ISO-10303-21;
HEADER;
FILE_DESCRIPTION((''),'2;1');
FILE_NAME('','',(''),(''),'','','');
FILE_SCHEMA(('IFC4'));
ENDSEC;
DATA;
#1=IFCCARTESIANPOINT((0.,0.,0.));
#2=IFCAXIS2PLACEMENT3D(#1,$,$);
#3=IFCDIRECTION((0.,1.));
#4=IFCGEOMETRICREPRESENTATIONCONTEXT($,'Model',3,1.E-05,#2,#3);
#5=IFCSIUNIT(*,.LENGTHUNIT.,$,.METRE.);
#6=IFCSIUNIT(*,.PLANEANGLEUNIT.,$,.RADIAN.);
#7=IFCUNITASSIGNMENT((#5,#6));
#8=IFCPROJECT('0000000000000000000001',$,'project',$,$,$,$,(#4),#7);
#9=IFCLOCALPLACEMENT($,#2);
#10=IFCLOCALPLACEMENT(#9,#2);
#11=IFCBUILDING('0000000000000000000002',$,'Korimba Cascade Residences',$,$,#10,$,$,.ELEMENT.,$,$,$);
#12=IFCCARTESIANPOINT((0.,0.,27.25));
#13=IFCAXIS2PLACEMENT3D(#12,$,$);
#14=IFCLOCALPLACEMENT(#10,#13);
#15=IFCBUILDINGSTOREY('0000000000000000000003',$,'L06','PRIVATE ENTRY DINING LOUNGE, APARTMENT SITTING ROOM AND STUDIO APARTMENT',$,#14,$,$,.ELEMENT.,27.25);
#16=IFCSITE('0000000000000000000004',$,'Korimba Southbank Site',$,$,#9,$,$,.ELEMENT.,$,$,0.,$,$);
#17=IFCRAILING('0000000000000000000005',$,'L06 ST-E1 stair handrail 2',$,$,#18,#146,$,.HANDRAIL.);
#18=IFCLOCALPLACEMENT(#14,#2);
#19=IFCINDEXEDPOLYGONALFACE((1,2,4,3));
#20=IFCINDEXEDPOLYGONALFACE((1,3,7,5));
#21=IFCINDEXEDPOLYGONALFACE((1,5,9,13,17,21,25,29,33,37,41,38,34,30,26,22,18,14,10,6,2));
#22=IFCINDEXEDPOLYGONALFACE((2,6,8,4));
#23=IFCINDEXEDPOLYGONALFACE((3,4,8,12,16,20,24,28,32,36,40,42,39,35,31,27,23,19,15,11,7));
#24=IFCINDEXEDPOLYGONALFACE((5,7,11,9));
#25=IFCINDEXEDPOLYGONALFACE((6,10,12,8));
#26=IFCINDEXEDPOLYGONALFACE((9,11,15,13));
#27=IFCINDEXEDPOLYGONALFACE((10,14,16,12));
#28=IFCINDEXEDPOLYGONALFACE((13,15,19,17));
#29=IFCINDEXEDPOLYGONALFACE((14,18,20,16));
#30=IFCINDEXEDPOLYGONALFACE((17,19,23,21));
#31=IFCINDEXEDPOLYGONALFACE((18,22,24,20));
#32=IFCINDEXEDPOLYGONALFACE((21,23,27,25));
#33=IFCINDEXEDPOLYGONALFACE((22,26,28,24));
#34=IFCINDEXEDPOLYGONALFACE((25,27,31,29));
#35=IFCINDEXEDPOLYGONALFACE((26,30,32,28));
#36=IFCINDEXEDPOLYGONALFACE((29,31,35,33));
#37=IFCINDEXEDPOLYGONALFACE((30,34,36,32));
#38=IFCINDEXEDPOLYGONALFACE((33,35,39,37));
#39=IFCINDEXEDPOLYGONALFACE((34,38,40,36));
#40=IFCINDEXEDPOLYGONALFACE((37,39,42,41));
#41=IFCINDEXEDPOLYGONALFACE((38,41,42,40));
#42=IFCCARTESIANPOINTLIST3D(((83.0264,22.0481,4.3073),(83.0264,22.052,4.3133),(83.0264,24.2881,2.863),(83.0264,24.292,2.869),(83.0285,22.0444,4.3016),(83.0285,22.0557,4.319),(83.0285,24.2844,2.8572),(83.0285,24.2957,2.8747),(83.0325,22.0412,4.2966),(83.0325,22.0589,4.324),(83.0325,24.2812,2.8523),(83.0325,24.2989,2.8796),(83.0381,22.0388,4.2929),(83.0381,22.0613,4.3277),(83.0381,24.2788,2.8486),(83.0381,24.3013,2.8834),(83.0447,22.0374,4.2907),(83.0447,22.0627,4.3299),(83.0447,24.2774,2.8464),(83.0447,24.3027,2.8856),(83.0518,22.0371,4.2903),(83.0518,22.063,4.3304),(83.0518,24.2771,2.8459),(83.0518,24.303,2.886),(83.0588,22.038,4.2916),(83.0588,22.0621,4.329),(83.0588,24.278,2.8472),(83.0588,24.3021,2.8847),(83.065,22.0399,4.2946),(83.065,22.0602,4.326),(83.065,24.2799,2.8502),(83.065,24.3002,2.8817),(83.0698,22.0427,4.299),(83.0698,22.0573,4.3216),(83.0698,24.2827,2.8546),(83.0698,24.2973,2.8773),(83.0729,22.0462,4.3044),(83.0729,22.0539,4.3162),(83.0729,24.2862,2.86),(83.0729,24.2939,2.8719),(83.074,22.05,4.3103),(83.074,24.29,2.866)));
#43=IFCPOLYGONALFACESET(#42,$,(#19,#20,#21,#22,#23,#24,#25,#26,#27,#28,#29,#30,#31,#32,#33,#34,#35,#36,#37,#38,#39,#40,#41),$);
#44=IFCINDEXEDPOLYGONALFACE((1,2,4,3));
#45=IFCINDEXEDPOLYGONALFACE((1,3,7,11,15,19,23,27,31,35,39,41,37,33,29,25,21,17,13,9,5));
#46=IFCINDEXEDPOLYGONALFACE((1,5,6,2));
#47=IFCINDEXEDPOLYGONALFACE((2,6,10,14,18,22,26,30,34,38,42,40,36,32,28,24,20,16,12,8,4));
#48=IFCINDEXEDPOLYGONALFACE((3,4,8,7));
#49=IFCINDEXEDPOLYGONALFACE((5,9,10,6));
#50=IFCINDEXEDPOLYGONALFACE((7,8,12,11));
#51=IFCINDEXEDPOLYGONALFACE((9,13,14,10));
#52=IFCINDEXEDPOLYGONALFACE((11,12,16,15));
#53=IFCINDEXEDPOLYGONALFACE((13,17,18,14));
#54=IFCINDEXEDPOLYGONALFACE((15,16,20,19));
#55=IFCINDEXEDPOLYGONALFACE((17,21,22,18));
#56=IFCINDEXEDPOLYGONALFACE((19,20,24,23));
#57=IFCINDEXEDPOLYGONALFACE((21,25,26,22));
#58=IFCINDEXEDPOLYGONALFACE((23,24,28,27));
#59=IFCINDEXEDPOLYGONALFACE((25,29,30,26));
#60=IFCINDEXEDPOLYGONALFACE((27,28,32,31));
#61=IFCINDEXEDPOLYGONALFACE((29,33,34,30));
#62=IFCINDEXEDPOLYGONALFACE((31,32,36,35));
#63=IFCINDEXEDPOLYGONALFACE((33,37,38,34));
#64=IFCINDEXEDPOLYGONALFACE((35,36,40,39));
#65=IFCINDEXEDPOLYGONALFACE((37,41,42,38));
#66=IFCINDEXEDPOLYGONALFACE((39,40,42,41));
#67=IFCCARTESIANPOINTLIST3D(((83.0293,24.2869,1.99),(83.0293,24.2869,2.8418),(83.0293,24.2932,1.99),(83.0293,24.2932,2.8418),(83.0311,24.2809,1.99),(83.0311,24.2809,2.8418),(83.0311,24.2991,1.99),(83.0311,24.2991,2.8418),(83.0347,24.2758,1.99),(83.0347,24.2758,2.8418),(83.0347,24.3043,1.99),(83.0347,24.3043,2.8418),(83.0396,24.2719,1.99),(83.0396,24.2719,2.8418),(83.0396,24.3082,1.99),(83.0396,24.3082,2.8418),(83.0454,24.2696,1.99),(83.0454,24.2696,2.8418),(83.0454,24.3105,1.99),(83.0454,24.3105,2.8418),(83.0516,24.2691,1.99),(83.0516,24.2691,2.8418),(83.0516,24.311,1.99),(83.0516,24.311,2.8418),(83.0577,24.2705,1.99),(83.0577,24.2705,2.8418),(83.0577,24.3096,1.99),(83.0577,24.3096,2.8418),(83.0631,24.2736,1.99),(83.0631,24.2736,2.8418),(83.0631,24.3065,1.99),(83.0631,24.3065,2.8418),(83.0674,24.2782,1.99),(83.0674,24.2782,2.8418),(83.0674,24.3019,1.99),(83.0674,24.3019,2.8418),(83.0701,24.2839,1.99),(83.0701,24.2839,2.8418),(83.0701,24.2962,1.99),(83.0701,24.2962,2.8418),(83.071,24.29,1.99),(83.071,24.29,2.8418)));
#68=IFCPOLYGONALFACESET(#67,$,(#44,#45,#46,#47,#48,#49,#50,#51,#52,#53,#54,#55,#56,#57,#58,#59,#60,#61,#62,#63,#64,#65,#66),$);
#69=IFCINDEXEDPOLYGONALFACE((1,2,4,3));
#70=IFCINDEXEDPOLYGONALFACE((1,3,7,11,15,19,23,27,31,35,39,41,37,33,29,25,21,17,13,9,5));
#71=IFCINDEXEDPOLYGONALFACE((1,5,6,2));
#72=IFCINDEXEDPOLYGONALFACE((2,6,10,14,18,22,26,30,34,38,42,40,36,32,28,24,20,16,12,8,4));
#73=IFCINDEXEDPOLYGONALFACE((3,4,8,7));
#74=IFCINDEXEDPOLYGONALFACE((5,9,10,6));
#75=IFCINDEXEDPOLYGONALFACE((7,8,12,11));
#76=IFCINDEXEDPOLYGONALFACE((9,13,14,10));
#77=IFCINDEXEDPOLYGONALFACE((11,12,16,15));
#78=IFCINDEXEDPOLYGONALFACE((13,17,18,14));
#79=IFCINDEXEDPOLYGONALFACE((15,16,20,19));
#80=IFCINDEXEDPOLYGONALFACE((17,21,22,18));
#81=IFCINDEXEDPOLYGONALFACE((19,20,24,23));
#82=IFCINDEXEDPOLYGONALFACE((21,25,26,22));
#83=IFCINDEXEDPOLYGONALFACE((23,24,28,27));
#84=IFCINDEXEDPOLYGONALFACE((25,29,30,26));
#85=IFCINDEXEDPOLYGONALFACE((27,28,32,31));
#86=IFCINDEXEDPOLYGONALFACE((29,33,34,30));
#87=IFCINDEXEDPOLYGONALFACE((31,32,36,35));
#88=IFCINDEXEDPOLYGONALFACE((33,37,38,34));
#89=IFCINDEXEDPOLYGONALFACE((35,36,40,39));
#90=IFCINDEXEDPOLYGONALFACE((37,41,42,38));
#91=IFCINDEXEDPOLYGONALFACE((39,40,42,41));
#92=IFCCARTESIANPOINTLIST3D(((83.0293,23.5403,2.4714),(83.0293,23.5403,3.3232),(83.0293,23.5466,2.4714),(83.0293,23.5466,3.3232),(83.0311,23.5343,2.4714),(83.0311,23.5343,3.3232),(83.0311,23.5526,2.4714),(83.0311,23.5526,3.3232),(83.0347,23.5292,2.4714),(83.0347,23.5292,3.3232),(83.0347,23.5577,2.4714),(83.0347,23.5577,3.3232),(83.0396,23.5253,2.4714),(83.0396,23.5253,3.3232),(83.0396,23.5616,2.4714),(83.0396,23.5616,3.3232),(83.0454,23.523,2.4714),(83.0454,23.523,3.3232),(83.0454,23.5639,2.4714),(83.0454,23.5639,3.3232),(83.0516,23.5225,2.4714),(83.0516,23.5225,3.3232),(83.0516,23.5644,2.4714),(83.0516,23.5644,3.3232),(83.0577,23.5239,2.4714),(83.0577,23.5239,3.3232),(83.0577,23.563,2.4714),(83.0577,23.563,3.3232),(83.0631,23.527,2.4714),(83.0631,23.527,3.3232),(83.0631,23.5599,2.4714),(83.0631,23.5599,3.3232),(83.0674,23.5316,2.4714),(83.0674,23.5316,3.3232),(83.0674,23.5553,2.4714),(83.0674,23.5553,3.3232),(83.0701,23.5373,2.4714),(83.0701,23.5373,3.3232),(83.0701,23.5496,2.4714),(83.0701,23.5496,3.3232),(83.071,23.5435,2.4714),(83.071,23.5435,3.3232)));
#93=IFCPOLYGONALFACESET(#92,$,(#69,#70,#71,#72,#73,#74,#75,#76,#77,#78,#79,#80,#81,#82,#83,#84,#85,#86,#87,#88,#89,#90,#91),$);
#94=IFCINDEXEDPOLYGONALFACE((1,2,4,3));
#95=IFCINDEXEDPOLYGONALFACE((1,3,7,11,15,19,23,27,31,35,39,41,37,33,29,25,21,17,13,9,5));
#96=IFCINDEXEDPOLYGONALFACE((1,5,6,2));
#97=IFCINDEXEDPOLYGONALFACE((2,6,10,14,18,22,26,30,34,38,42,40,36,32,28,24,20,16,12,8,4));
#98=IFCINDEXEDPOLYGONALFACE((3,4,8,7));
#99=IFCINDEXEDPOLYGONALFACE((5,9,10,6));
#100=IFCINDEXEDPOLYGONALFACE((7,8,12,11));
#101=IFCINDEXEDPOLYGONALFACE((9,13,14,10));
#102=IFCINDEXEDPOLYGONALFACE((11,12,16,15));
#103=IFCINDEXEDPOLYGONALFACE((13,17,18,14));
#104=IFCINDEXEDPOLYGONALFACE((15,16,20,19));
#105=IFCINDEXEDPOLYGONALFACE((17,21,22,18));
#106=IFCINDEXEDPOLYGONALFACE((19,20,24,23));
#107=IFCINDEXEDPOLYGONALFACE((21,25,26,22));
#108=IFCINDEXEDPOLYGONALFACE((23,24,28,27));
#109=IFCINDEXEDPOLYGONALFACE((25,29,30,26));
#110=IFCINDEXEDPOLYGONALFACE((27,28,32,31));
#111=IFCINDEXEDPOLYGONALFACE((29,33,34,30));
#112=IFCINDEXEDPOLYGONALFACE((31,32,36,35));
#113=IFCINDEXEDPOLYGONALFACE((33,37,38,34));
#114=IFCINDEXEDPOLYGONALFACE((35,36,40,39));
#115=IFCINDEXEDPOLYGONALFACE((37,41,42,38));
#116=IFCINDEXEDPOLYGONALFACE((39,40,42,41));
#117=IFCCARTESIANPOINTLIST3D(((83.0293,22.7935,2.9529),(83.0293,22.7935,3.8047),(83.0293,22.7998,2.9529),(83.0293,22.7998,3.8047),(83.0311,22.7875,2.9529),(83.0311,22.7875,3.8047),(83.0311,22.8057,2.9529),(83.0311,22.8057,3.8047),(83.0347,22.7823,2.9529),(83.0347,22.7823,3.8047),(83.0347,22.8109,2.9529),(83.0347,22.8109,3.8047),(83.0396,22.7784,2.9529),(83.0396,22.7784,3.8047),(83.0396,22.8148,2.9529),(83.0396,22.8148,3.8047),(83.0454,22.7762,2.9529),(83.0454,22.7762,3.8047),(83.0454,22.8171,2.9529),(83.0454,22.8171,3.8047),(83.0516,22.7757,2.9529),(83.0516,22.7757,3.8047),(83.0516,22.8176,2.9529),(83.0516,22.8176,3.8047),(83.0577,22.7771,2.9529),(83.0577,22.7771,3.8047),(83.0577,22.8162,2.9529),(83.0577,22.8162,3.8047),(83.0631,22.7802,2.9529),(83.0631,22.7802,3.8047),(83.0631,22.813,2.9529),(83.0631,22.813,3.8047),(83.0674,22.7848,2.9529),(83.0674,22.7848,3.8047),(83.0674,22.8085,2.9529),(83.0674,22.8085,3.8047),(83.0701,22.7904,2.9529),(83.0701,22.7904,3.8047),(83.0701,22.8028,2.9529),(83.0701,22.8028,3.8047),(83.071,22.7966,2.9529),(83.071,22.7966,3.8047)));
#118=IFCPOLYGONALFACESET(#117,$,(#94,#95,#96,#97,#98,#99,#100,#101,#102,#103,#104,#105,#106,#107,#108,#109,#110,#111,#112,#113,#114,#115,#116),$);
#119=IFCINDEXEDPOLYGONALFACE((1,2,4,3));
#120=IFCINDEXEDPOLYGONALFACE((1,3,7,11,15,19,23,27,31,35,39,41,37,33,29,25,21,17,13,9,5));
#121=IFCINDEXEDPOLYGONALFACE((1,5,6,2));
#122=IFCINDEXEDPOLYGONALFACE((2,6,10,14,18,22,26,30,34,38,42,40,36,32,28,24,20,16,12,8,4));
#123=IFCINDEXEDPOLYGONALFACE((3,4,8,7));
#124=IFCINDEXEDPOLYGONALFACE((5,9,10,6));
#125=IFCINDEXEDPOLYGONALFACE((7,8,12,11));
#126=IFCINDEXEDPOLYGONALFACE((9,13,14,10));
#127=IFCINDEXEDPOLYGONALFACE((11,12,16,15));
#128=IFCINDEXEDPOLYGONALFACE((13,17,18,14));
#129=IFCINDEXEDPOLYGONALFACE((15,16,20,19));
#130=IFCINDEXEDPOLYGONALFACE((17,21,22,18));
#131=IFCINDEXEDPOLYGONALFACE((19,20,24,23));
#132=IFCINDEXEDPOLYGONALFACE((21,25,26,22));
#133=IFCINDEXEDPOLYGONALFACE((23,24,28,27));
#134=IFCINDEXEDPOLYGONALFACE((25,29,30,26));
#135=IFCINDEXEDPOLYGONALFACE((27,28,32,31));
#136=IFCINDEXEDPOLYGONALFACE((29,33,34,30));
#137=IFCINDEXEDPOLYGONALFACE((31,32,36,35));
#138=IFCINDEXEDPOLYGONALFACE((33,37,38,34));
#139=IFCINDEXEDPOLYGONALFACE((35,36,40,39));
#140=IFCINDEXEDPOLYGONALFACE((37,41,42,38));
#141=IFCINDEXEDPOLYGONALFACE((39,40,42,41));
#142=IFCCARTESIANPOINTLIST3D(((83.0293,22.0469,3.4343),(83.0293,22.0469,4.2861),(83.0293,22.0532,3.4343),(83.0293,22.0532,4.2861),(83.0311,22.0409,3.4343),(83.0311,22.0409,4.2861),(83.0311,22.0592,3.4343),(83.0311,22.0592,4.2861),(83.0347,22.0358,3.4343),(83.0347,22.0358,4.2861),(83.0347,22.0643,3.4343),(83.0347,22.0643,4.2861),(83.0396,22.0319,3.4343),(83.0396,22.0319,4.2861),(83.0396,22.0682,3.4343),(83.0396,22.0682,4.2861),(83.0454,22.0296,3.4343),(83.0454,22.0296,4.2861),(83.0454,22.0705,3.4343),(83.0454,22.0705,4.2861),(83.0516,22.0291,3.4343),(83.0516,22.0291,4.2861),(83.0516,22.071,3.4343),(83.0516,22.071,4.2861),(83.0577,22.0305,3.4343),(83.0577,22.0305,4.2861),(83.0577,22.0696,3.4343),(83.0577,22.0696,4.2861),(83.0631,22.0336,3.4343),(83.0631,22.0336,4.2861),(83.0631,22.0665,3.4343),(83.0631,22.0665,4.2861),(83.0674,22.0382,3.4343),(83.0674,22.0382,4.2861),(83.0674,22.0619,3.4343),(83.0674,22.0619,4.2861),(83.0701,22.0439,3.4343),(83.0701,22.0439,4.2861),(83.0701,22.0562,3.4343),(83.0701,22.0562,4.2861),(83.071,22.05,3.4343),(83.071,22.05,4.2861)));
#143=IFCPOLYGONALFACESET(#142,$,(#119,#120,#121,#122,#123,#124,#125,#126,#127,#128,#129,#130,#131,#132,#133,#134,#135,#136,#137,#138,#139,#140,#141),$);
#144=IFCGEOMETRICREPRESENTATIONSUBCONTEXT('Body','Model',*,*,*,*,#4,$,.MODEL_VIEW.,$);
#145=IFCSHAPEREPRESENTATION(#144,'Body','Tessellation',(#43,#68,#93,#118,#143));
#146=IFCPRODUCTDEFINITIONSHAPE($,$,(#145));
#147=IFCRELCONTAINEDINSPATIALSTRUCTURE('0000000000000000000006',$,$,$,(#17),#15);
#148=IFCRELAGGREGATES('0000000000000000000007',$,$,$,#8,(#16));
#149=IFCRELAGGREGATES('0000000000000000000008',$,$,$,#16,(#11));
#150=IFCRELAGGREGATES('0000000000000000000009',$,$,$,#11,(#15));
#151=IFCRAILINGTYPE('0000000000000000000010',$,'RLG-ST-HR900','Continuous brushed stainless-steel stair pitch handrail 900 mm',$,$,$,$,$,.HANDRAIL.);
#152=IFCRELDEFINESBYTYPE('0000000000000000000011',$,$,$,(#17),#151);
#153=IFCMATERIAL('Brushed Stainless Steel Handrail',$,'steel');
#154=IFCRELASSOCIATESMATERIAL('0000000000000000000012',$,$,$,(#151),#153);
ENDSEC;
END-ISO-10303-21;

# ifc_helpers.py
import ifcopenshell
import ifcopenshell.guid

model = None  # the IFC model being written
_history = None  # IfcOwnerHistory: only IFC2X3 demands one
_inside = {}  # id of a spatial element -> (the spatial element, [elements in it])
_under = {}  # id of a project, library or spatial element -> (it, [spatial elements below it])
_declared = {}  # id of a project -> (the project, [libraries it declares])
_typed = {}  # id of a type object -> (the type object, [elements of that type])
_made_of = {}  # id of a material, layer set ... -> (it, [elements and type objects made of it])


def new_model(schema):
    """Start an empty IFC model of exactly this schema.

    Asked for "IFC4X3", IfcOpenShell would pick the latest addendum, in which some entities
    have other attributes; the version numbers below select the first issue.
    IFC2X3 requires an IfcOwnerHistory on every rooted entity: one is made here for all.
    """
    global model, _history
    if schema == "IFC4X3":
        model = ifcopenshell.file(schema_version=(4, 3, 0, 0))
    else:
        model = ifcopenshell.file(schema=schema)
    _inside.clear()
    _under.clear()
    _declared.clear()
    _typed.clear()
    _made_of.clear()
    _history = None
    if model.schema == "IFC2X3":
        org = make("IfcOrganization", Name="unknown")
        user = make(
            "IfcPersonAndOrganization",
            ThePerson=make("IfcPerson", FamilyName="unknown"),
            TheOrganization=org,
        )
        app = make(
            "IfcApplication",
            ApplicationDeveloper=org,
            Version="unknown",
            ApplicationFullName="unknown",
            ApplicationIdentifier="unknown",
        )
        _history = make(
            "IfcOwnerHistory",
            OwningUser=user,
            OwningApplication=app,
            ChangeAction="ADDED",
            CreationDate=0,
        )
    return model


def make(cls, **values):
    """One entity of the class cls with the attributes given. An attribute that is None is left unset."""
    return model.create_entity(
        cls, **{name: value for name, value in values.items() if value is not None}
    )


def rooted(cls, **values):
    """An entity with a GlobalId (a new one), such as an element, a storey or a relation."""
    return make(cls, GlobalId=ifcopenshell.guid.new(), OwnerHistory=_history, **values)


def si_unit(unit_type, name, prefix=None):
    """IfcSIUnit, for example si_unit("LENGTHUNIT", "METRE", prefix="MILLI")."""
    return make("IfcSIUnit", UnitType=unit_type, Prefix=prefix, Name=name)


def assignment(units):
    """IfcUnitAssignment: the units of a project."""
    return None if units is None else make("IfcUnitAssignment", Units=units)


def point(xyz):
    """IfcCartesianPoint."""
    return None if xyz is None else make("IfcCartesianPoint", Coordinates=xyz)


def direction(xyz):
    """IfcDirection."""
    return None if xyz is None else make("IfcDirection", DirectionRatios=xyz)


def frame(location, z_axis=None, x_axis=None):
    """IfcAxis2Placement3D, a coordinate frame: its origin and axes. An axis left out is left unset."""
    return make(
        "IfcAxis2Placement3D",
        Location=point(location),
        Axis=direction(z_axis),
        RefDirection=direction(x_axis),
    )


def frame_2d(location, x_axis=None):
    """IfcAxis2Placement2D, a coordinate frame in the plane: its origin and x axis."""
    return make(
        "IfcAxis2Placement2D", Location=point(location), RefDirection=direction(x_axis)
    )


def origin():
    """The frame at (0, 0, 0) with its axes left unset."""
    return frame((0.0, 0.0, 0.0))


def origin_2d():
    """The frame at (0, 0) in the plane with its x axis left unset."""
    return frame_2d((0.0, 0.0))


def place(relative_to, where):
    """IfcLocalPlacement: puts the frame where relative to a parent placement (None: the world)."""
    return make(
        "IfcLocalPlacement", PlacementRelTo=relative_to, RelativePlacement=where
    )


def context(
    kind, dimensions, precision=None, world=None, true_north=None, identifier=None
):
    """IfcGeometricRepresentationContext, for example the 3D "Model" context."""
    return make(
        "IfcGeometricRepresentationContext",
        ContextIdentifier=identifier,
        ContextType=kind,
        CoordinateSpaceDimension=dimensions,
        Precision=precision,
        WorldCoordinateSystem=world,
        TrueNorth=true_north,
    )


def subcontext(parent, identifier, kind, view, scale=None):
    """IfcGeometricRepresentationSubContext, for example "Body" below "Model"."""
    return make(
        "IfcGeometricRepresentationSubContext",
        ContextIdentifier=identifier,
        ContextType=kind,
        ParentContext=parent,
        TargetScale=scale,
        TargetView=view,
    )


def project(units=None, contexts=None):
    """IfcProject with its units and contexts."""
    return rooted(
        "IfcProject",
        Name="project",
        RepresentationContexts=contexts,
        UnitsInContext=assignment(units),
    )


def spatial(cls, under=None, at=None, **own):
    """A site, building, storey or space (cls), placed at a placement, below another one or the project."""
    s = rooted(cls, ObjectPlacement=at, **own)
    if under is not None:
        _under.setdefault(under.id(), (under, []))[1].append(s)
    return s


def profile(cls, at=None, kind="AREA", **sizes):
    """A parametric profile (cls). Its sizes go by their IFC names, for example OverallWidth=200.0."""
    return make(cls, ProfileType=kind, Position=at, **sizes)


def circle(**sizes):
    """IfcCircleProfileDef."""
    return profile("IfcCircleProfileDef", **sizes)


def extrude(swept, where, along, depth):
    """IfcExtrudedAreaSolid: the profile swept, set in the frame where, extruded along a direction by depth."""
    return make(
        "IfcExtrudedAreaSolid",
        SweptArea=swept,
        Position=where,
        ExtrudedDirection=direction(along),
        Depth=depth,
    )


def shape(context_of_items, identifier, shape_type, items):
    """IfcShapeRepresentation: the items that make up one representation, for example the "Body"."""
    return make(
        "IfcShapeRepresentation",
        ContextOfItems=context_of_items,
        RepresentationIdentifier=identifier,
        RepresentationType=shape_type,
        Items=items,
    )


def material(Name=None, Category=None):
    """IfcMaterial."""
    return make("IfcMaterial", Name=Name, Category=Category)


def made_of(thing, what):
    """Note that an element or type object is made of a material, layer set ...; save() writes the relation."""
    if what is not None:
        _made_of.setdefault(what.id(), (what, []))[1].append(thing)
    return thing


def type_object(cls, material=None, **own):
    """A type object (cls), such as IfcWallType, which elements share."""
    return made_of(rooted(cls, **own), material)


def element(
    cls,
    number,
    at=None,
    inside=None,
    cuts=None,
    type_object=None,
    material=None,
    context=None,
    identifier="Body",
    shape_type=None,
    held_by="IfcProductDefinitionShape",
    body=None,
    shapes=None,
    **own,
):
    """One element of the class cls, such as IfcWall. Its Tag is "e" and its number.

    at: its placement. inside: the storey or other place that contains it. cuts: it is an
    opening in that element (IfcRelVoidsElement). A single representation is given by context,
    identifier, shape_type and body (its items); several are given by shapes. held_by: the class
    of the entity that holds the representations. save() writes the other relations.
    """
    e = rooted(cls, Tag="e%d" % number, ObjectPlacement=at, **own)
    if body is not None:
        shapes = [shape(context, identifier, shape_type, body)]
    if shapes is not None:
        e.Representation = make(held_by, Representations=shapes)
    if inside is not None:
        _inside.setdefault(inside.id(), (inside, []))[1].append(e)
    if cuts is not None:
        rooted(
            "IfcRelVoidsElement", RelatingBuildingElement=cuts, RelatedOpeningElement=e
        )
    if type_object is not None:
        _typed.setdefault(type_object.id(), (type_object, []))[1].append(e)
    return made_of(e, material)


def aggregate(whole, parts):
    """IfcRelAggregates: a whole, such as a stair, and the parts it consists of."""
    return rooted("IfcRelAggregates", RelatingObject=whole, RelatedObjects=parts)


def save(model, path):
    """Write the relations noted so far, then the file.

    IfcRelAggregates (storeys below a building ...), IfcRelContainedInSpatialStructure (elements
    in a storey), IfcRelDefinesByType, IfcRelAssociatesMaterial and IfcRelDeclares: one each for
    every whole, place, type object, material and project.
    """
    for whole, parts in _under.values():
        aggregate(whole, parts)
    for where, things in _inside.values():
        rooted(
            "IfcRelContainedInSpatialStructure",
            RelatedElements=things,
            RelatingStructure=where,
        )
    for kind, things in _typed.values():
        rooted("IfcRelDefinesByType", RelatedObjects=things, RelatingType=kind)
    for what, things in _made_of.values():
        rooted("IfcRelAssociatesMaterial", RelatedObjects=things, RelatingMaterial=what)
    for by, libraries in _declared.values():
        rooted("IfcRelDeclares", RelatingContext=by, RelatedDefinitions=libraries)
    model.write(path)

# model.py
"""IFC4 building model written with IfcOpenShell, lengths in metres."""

from ifc_helpers import new_model, si_unit, direction, frame, origin, origin_2d, place, context, subcontext, project, spatial, circle, extrude, material, type_object, element, save


model = new_model("IFC4")

# Units and contexts
model_context = context("Model", 3, precision=1e-05, world=origin(), true_north=direction((0.0, 1.0)))
body_context = subcontext(model_context, "Body", "Model", "MODEL_VIEW")
ifc_project = project(units=[si_unit("LENGTHUNIT", "METRE"), si_unit("PLANEANGLEUNIT", "RADIAN")], contexts=[model_context])

# Site, building, storey
site_placement = place(None, origin())
site = spatial("IfcSite", under=ifc_project, at=site_placement, Name="Korimba Southbank Site", CompositionType="ELEMENT", RefElevation=0.0)
building_placement = place(site_placement, origin())
building = spatial("IfcBuilding", under=site, at=building_placement, Name="Korimba Cascade Residences", CompositionType="ELEMENT")
storey_placement = place(building_placement, frame((0.0, 0.0, 27.25)))
storey = spatial("IfcBuildingStorey", under=building, at=storey_placement, Name="L06", Description="PRIVATE ENTRY DINING LOUNGE, APARTMENT SITTING ROOM AND STUDIO APARTMENT", CompositionType="ELEMENT", Elevation=27.25)

# Railing
ifc_material_1 = material(Name="Brushed Stainless Steel Handrail", Category="steel")
railing_type_1 = type_object("IfcRailingType", Name="RLG-ST-HR900", Description="Continuous brushed stainless-steel stair pitch handrail 900 mm", PredefinedType="HANDRAIL", material=ifc_material_1)
railing_1_placement = place(storey_placement, frame((83.05, 24.29, 1.99)))
element("IfcRailing", 1, at=railing_1_placement, inside=storey, type_object=railing_type_1, Name="L06 ST-E1 stair handrail 2", PredefinedType="HANDRAIL", context=body_context, shape_type="SweptSolid", body=[
    extrude(circle(Radius=0.0239, at=origin_2d()), frame((0.0, 0.0, 0.876), z_axis=(0.0, -0.840437, 0.54191), x_axis=(1.0, 0.0, 0.0)), (0.0, 0.0, 1.0), 2.6653),
    extrude(circle(Radius=0.021, at=origin_2d()), origin(), (0.0, 0.0, 1.0), 0.8518),
    extrude(circle(Radius=0.021, at=origin_2d()), frame((0.0, -0.7466, 0.4814)), (0.0, 0.0, 1.0), 0.8518),
    extrude(circle(Radius=0.021, at=origin_2d()), frame((0.0, -1.4934, 0.9629)), (0.0, 0.0, 1.0), 0.8518),
    extrude(circle(Radius=0.021, at=origin_2d()), frame((0.0, -2.24, 1.4443)), (0.0, 0.0, 1.0), 0.8518),
])

save(model, "model.ifc")
